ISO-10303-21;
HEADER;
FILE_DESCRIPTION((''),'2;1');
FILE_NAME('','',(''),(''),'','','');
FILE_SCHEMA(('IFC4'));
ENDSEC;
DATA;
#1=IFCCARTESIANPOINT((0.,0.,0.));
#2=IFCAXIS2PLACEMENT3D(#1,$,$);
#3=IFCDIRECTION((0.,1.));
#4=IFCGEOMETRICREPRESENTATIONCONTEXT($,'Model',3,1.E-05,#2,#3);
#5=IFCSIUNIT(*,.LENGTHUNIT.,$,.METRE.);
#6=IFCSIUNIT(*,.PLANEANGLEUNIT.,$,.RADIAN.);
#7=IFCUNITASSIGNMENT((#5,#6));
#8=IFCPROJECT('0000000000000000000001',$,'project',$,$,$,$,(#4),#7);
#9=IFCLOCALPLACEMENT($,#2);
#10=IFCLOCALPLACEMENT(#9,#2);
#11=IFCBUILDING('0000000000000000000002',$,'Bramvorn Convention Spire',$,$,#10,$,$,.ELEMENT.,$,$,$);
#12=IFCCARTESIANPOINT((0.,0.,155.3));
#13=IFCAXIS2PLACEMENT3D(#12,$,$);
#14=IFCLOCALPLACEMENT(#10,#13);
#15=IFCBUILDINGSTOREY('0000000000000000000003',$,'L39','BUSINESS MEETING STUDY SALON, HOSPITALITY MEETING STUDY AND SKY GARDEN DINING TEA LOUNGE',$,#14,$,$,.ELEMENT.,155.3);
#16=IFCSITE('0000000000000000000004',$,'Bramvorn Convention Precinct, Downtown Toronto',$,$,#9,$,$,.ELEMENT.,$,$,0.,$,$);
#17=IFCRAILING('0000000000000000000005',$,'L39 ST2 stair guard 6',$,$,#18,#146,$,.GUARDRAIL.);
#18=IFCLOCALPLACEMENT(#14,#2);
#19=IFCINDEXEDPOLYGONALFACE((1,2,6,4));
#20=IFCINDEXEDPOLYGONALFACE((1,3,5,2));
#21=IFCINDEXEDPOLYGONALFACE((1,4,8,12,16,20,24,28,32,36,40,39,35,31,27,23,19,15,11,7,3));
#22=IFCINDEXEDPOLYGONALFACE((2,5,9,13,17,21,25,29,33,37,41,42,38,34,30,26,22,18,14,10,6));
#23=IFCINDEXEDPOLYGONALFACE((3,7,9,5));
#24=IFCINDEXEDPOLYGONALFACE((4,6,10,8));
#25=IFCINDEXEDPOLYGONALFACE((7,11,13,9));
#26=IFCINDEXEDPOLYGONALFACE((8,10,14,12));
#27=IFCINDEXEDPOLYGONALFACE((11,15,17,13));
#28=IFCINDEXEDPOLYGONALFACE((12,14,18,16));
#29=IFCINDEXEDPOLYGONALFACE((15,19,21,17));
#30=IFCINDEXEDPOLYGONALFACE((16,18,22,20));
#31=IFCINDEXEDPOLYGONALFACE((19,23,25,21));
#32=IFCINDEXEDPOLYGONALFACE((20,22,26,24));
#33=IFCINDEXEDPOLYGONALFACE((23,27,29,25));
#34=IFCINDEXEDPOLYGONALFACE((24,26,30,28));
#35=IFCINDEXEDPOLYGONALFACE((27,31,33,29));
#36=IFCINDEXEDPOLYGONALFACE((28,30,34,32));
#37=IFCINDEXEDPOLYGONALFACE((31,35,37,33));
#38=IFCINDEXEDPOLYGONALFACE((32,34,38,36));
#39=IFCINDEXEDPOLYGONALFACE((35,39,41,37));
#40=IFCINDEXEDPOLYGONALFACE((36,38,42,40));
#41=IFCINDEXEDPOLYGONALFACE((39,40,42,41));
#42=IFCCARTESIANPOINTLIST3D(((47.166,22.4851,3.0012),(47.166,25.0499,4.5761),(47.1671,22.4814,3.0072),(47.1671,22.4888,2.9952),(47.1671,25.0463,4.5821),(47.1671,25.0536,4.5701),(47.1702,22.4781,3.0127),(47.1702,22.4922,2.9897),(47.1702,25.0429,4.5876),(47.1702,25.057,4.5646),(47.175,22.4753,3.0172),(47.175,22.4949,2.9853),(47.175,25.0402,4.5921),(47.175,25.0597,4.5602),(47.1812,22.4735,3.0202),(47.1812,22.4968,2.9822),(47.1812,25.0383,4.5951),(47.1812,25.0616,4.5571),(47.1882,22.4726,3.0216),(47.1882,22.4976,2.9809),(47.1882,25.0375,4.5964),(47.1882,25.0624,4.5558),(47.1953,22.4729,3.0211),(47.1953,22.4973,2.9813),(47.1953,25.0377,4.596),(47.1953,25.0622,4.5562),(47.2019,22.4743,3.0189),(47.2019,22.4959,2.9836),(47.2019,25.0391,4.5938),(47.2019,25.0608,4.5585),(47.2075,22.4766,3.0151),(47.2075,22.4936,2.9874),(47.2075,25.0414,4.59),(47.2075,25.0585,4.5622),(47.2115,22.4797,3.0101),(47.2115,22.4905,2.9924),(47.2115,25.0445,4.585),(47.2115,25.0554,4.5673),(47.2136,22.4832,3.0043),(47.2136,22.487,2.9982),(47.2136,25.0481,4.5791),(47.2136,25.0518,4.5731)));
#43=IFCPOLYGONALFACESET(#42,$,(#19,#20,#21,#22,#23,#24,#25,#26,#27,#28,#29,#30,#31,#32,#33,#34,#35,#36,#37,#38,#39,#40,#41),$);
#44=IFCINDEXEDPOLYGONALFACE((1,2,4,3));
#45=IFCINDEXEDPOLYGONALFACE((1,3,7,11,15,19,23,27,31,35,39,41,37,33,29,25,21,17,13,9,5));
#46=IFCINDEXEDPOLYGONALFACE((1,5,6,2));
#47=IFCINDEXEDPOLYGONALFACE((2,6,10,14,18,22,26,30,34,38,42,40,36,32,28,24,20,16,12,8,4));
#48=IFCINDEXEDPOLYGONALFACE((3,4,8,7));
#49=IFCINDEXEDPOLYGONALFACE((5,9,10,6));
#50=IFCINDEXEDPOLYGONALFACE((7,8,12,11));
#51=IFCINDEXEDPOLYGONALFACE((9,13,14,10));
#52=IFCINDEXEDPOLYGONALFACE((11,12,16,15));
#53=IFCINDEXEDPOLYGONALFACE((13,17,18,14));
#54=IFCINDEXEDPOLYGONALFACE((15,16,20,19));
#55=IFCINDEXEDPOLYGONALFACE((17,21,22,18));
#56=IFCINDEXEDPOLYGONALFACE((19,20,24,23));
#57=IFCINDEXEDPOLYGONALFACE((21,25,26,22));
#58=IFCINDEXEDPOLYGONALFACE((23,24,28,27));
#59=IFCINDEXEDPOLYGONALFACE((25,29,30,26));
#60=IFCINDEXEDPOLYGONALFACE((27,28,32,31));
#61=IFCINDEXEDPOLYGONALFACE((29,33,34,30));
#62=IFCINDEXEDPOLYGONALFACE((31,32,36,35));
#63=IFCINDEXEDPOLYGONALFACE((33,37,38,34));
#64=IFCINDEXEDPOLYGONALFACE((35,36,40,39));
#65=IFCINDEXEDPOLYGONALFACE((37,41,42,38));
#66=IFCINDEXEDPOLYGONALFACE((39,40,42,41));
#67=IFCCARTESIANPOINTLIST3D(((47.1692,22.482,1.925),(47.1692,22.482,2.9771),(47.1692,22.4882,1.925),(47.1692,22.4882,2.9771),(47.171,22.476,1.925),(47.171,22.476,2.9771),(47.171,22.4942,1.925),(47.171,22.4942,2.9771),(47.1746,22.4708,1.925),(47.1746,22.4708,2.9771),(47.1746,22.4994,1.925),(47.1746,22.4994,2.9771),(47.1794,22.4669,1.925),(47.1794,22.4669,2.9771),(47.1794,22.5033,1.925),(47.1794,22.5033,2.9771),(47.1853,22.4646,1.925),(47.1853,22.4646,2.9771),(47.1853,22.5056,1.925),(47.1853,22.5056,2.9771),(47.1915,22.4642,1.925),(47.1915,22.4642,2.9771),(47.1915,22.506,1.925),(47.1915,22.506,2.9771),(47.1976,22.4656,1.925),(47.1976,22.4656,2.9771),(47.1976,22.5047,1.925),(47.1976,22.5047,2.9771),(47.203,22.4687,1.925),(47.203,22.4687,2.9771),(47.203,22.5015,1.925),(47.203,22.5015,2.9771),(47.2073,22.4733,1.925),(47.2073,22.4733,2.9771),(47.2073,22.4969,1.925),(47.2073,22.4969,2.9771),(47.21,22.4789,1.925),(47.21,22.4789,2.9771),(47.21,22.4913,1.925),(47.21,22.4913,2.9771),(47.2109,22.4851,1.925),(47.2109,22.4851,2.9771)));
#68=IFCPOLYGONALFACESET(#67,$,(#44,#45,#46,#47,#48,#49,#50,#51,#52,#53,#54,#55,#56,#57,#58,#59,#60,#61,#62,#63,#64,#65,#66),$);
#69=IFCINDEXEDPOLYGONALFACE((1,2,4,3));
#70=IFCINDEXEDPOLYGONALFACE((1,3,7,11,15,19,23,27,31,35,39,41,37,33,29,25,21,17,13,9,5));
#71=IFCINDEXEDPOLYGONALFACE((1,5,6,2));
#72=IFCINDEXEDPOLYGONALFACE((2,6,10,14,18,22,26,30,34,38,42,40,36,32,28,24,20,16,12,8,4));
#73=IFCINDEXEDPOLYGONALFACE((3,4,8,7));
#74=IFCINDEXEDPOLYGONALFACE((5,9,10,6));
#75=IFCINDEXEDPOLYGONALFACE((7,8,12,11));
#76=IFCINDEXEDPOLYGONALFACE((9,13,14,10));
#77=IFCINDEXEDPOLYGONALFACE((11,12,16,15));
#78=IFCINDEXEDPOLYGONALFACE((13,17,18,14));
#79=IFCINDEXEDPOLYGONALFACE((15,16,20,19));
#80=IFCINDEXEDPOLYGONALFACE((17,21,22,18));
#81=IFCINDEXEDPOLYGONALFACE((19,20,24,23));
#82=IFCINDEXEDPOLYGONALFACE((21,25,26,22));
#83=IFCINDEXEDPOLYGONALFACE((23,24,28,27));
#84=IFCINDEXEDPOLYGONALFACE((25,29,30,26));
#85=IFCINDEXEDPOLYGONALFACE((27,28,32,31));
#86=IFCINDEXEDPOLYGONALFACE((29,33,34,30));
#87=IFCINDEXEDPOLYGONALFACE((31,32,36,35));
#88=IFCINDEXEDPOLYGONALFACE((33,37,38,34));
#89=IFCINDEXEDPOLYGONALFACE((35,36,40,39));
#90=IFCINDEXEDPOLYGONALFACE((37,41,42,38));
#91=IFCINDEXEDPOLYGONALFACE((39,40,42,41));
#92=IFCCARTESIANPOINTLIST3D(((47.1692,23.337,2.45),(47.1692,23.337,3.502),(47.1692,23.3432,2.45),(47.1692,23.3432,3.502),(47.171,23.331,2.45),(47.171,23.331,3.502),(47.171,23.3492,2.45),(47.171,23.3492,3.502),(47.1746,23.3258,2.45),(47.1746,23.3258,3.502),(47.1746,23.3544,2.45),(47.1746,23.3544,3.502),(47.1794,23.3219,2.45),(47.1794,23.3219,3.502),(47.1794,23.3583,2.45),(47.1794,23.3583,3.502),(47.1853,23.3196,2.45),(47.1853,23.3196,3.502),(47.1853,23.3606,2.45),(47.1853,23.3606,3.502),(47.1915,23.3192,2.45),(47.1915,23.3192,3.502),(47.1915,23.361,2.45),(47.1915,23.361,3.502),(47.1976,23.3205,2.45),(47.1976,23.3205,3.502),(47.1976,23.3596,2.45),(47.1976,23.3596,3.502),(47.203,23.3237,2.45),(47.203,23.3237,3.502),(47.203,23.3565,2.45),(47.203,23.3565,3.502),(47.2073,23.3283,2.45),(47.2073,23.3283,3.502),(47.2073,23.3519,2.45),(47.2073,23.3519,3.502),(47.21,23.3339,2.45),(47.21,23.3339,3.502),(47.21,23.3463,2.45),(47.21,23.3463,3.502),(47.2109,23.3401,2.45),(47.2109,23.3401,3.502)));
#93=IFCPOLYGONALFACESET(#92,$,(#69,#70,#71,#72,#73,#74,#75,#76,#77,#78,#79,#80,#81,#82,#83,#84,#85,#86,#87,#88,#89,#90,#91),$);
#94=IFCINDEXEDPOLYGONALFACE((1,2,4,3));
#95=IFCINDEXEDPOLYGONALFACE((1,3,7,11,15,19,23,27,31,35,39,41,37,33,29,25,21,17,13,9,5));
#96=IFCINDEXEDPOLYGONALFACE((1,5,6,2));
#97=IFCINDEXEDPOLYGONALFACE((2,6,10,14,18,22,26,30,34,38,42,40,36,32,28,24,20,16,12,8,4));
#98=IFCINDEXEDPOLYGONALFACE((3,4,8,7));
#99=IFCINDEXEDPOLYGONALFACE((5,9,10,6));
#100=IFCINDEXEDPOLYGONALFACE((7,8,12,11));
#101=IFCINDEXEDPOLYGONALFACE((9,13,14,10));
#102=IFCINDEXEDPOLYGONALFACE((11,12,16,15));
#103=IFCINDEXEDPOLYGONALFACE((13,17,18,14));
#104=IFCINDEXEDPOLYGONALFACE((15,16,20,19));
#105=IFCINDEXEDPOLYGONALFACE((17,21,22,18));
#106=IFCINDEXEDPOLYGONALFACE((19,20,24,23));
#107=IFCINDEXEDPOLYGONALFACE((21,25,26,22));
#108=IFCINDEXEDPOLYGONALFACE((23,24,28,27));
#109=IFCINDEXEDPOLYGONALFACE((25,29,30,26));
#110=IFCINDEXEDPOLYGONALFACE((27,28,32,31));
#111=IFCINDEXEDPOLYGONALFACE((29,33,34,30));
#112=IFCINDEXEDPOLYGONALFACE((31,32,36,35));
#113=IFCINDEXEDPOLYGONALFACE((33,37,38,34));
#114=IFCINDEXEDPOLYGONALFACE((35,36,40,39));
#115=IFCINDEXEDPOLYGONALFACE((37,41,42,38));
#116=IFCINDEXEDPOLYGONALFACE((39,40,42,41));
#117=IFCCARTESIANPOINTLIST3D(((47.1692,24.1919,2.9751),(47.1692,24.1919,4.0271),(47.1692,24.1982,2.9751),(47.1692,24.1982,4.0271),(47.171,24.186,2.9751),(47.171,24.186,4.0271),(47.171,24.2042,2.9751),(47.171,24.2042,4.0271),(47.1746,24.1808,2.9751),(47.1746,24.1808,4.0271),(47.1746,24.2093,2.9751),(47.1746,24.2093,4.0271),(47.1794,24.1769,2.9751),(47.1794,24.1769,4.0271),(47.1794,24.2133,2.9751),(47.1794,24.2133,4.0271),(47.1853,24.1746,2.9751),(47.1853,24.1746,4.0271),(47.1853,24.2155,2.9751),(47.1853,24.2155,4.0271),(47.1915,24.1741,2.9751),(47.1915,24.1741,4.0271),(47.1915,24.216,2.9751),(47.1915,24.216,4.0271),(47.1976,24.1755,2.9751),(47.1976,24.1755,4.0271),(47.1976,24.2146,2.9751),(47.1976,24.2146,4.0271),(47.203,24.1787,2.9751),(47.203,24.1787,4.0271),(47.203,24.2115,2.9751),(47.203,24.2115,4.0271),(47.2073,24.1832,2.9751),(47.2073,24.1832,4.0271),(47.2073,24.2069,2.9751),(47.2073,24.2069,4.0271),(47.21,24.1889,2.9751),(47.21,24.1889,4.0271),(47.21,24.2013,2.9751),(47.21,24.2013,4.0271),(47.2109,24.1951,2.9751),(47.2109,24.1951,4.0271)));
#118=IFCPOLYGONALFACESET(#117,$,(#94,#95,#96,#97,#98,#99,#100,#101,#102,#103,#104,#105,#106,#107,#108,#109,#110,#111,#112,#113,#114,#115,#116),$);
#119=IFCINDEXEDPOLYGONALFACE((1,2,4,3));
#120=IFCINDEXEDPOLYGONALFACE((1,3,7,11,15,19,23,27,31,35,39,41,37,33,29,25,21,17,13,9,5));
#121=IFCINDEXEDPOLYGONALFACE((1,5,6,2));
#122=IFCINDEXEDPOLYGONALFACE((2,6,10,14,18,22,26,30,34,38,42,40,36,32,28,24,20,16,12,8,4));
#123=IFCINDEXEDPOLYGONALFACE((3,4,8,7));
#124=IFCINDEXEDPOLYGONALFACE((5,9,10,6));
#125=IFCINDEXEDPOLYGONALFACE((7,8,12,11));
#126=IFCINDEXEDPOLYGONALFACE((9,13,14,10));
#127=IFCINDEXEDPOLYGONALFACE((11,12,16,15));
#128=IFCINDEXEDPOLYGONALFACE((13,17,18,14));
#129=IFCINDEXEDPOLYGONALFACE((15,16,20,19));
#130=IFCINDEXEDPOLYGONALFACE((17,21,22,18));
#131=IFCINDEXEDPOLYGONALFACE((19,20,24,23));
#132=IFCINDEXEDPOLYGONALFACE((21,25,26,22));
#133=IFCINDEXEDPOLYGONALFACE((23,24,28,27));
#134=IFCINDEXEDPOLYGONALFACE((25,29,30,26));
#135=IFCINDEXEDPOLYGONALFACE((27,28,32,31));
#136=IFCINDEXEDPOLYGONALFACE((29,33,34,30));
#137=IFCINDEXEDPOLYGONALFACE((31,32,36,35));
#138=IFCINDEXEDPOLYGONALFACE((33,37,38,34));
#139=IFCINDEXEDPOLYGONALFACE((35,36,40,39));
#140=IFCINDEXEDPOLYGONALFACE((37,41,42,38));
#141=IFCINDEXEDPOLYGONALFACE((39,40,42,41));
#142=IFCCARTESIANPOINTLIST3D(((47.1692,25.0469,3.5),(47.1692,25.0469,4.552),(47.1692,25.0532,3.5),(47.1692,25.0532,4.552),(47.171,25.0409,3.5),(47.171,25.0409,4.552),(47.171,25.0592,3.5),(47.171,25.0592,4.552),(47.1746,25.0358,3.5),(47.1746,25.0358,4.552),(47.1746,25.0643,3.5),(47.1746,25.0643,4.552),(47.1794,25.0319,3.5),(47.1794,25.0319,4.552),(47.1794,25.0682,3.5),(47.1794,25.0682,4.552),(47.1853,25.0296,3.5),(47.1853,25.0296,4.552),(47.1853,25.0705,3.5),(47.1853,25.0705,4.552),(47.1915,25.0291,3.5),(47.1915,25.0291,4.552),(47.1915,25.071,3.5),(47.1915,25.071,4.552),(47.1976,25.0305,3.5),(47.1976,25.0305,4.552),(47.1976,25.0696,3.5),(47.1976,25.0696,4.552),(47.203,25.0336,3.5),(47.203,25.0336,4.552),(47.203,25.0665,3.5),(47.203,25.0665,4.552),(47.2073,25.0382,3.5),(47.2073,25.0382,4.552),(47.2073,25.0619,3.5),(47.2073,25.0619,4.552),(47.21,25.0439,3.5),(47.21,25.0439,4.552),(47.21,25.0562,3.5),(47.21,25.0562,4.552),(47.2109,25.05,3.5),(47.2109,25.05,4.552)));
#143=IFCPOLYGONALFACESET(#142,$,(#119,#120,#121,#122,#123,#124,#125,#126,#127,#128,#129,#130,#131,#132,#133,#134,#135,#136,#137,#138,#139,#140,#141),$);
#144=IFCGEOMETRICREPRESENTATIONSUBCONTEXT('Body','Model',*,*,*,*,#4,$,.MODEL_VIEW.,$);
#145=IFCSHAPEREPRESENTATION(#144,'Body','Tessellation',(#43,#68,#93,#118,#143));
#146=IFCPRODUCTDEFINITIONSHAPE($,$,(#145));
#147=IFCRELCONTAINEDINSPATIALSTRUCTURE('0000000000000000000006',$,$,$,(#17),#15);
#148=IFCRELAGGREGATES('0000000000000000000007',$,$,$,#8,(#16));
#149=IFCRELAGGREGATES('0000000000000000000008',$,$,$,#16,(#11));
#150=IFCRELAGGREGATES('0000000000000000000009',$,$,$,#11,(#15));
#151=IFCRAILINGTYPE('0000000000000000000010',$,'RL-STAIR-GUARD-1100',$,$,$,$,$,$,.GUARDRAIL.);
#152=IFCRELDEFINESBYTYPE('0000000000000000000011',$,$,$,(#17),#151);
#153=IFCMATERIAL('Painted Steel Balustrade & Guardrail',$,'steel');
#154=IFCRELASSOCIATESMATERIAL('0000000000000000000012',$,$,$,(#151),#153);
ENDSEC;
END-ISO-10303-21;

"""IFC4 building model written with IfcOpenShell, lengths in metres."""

from ifc_helpers import new_model, si_unit, direction, frame, origin, origin_2d, place, context, subcontext, project, spatial, circle, extrude, material, type_object, element, save


model = new_model("IFC4")

# Units and contexts
model_context = context("Model", 3, precision=1e-05, world=origin(), true_north=direction((0.0, 1.0)))
body_context = subcontext(model_context, "Body", "Model", "MODEL_VIEW")
ifc_project = project(units=[si_unit("LENGTHUNIT", "METRE"), si_unit("PLANEANGLEUNIT", "RADIAN")], contexts=[model_context])

# Site, building, storey
site_placement = place(None, origin())
site = spatial("IfcSite", under=ifc_project, at=site_placement, Name="Bramvorn Convention Precinct, Downtown Toronto", CompositionType="ELEMENT", RefElevation=0.0)
building_placement = place(site_placement, origin())
building = spatial("IfcBuilding", under=site, at=building_placement, Name="Bramvorn Convention Spire", CompositionType="ELEMENT")
storey_placement = place(building_placement, frame((0.0, 0.0, 155.3)))
storey = spatial("IfcBuildingStorey", under=building, at=storey_placement, Name="L39", Description="BUSINESS MEETING STUDY SALON, HOSPITALITY MEETING STUDY AND SKY GARDEN DINING TEA LOUNGE", CompositionType="ELEMENT", Elevation=155.3)

# Railing
ifc_material_1 = material(Name="Painted Steel Balustrade & Guardrail", Category="steel")
railing_type_1 = type_object("IfcRailingType", Name="RL-STAIR-GUARD-1100", PredefinedType="GUARDRAIL", material=ifc_material_1)
railing_1_placement = place(storey_placement, frame((47.1899, 22.4851, 1.925)))
element("IfcRailing", 1, at=railing_1_placement, inside=storey, type_object=railing_type_1, Name="L39 ST2 stair guard 6", PredefinedType="GUARDRAIL", context=body_context, shape_type="SweptSolid", body=[
    extrude(circle(Radius=0.0239, at=origin_2d()), frame((0.0, 0.0, 1.0762), z_axis=(0.0, 0.852173, 0.52326), x_axis=(-1.0, 0.0, 0.0)), (0.0, 0.0, 1.0), 3.0098),
    extrude(circle(Radius=0.021, at=origin_2d()), origin(), (0.0, 0.0, 1.0), 1.052),
    extrude(circle(Radius=0.021, at=origin_2d()), frame((0.0, 0.855, 0.5249)), (0.0, 0.0, 1.0), 1.052),
    extrude(circle(Radius=0.021, at=origin_2d()), frame((0.0, 1.71, 1.05)), (0.0, 0.0, 1.0), 1.052),
    extrude(circle(Radius=0.021, at=origin_2d()), frame((0.0, 2.5649, 1.575)), (0.0, 0.0, 1.0), 1.052),
])

save(model, "model.ifc")
